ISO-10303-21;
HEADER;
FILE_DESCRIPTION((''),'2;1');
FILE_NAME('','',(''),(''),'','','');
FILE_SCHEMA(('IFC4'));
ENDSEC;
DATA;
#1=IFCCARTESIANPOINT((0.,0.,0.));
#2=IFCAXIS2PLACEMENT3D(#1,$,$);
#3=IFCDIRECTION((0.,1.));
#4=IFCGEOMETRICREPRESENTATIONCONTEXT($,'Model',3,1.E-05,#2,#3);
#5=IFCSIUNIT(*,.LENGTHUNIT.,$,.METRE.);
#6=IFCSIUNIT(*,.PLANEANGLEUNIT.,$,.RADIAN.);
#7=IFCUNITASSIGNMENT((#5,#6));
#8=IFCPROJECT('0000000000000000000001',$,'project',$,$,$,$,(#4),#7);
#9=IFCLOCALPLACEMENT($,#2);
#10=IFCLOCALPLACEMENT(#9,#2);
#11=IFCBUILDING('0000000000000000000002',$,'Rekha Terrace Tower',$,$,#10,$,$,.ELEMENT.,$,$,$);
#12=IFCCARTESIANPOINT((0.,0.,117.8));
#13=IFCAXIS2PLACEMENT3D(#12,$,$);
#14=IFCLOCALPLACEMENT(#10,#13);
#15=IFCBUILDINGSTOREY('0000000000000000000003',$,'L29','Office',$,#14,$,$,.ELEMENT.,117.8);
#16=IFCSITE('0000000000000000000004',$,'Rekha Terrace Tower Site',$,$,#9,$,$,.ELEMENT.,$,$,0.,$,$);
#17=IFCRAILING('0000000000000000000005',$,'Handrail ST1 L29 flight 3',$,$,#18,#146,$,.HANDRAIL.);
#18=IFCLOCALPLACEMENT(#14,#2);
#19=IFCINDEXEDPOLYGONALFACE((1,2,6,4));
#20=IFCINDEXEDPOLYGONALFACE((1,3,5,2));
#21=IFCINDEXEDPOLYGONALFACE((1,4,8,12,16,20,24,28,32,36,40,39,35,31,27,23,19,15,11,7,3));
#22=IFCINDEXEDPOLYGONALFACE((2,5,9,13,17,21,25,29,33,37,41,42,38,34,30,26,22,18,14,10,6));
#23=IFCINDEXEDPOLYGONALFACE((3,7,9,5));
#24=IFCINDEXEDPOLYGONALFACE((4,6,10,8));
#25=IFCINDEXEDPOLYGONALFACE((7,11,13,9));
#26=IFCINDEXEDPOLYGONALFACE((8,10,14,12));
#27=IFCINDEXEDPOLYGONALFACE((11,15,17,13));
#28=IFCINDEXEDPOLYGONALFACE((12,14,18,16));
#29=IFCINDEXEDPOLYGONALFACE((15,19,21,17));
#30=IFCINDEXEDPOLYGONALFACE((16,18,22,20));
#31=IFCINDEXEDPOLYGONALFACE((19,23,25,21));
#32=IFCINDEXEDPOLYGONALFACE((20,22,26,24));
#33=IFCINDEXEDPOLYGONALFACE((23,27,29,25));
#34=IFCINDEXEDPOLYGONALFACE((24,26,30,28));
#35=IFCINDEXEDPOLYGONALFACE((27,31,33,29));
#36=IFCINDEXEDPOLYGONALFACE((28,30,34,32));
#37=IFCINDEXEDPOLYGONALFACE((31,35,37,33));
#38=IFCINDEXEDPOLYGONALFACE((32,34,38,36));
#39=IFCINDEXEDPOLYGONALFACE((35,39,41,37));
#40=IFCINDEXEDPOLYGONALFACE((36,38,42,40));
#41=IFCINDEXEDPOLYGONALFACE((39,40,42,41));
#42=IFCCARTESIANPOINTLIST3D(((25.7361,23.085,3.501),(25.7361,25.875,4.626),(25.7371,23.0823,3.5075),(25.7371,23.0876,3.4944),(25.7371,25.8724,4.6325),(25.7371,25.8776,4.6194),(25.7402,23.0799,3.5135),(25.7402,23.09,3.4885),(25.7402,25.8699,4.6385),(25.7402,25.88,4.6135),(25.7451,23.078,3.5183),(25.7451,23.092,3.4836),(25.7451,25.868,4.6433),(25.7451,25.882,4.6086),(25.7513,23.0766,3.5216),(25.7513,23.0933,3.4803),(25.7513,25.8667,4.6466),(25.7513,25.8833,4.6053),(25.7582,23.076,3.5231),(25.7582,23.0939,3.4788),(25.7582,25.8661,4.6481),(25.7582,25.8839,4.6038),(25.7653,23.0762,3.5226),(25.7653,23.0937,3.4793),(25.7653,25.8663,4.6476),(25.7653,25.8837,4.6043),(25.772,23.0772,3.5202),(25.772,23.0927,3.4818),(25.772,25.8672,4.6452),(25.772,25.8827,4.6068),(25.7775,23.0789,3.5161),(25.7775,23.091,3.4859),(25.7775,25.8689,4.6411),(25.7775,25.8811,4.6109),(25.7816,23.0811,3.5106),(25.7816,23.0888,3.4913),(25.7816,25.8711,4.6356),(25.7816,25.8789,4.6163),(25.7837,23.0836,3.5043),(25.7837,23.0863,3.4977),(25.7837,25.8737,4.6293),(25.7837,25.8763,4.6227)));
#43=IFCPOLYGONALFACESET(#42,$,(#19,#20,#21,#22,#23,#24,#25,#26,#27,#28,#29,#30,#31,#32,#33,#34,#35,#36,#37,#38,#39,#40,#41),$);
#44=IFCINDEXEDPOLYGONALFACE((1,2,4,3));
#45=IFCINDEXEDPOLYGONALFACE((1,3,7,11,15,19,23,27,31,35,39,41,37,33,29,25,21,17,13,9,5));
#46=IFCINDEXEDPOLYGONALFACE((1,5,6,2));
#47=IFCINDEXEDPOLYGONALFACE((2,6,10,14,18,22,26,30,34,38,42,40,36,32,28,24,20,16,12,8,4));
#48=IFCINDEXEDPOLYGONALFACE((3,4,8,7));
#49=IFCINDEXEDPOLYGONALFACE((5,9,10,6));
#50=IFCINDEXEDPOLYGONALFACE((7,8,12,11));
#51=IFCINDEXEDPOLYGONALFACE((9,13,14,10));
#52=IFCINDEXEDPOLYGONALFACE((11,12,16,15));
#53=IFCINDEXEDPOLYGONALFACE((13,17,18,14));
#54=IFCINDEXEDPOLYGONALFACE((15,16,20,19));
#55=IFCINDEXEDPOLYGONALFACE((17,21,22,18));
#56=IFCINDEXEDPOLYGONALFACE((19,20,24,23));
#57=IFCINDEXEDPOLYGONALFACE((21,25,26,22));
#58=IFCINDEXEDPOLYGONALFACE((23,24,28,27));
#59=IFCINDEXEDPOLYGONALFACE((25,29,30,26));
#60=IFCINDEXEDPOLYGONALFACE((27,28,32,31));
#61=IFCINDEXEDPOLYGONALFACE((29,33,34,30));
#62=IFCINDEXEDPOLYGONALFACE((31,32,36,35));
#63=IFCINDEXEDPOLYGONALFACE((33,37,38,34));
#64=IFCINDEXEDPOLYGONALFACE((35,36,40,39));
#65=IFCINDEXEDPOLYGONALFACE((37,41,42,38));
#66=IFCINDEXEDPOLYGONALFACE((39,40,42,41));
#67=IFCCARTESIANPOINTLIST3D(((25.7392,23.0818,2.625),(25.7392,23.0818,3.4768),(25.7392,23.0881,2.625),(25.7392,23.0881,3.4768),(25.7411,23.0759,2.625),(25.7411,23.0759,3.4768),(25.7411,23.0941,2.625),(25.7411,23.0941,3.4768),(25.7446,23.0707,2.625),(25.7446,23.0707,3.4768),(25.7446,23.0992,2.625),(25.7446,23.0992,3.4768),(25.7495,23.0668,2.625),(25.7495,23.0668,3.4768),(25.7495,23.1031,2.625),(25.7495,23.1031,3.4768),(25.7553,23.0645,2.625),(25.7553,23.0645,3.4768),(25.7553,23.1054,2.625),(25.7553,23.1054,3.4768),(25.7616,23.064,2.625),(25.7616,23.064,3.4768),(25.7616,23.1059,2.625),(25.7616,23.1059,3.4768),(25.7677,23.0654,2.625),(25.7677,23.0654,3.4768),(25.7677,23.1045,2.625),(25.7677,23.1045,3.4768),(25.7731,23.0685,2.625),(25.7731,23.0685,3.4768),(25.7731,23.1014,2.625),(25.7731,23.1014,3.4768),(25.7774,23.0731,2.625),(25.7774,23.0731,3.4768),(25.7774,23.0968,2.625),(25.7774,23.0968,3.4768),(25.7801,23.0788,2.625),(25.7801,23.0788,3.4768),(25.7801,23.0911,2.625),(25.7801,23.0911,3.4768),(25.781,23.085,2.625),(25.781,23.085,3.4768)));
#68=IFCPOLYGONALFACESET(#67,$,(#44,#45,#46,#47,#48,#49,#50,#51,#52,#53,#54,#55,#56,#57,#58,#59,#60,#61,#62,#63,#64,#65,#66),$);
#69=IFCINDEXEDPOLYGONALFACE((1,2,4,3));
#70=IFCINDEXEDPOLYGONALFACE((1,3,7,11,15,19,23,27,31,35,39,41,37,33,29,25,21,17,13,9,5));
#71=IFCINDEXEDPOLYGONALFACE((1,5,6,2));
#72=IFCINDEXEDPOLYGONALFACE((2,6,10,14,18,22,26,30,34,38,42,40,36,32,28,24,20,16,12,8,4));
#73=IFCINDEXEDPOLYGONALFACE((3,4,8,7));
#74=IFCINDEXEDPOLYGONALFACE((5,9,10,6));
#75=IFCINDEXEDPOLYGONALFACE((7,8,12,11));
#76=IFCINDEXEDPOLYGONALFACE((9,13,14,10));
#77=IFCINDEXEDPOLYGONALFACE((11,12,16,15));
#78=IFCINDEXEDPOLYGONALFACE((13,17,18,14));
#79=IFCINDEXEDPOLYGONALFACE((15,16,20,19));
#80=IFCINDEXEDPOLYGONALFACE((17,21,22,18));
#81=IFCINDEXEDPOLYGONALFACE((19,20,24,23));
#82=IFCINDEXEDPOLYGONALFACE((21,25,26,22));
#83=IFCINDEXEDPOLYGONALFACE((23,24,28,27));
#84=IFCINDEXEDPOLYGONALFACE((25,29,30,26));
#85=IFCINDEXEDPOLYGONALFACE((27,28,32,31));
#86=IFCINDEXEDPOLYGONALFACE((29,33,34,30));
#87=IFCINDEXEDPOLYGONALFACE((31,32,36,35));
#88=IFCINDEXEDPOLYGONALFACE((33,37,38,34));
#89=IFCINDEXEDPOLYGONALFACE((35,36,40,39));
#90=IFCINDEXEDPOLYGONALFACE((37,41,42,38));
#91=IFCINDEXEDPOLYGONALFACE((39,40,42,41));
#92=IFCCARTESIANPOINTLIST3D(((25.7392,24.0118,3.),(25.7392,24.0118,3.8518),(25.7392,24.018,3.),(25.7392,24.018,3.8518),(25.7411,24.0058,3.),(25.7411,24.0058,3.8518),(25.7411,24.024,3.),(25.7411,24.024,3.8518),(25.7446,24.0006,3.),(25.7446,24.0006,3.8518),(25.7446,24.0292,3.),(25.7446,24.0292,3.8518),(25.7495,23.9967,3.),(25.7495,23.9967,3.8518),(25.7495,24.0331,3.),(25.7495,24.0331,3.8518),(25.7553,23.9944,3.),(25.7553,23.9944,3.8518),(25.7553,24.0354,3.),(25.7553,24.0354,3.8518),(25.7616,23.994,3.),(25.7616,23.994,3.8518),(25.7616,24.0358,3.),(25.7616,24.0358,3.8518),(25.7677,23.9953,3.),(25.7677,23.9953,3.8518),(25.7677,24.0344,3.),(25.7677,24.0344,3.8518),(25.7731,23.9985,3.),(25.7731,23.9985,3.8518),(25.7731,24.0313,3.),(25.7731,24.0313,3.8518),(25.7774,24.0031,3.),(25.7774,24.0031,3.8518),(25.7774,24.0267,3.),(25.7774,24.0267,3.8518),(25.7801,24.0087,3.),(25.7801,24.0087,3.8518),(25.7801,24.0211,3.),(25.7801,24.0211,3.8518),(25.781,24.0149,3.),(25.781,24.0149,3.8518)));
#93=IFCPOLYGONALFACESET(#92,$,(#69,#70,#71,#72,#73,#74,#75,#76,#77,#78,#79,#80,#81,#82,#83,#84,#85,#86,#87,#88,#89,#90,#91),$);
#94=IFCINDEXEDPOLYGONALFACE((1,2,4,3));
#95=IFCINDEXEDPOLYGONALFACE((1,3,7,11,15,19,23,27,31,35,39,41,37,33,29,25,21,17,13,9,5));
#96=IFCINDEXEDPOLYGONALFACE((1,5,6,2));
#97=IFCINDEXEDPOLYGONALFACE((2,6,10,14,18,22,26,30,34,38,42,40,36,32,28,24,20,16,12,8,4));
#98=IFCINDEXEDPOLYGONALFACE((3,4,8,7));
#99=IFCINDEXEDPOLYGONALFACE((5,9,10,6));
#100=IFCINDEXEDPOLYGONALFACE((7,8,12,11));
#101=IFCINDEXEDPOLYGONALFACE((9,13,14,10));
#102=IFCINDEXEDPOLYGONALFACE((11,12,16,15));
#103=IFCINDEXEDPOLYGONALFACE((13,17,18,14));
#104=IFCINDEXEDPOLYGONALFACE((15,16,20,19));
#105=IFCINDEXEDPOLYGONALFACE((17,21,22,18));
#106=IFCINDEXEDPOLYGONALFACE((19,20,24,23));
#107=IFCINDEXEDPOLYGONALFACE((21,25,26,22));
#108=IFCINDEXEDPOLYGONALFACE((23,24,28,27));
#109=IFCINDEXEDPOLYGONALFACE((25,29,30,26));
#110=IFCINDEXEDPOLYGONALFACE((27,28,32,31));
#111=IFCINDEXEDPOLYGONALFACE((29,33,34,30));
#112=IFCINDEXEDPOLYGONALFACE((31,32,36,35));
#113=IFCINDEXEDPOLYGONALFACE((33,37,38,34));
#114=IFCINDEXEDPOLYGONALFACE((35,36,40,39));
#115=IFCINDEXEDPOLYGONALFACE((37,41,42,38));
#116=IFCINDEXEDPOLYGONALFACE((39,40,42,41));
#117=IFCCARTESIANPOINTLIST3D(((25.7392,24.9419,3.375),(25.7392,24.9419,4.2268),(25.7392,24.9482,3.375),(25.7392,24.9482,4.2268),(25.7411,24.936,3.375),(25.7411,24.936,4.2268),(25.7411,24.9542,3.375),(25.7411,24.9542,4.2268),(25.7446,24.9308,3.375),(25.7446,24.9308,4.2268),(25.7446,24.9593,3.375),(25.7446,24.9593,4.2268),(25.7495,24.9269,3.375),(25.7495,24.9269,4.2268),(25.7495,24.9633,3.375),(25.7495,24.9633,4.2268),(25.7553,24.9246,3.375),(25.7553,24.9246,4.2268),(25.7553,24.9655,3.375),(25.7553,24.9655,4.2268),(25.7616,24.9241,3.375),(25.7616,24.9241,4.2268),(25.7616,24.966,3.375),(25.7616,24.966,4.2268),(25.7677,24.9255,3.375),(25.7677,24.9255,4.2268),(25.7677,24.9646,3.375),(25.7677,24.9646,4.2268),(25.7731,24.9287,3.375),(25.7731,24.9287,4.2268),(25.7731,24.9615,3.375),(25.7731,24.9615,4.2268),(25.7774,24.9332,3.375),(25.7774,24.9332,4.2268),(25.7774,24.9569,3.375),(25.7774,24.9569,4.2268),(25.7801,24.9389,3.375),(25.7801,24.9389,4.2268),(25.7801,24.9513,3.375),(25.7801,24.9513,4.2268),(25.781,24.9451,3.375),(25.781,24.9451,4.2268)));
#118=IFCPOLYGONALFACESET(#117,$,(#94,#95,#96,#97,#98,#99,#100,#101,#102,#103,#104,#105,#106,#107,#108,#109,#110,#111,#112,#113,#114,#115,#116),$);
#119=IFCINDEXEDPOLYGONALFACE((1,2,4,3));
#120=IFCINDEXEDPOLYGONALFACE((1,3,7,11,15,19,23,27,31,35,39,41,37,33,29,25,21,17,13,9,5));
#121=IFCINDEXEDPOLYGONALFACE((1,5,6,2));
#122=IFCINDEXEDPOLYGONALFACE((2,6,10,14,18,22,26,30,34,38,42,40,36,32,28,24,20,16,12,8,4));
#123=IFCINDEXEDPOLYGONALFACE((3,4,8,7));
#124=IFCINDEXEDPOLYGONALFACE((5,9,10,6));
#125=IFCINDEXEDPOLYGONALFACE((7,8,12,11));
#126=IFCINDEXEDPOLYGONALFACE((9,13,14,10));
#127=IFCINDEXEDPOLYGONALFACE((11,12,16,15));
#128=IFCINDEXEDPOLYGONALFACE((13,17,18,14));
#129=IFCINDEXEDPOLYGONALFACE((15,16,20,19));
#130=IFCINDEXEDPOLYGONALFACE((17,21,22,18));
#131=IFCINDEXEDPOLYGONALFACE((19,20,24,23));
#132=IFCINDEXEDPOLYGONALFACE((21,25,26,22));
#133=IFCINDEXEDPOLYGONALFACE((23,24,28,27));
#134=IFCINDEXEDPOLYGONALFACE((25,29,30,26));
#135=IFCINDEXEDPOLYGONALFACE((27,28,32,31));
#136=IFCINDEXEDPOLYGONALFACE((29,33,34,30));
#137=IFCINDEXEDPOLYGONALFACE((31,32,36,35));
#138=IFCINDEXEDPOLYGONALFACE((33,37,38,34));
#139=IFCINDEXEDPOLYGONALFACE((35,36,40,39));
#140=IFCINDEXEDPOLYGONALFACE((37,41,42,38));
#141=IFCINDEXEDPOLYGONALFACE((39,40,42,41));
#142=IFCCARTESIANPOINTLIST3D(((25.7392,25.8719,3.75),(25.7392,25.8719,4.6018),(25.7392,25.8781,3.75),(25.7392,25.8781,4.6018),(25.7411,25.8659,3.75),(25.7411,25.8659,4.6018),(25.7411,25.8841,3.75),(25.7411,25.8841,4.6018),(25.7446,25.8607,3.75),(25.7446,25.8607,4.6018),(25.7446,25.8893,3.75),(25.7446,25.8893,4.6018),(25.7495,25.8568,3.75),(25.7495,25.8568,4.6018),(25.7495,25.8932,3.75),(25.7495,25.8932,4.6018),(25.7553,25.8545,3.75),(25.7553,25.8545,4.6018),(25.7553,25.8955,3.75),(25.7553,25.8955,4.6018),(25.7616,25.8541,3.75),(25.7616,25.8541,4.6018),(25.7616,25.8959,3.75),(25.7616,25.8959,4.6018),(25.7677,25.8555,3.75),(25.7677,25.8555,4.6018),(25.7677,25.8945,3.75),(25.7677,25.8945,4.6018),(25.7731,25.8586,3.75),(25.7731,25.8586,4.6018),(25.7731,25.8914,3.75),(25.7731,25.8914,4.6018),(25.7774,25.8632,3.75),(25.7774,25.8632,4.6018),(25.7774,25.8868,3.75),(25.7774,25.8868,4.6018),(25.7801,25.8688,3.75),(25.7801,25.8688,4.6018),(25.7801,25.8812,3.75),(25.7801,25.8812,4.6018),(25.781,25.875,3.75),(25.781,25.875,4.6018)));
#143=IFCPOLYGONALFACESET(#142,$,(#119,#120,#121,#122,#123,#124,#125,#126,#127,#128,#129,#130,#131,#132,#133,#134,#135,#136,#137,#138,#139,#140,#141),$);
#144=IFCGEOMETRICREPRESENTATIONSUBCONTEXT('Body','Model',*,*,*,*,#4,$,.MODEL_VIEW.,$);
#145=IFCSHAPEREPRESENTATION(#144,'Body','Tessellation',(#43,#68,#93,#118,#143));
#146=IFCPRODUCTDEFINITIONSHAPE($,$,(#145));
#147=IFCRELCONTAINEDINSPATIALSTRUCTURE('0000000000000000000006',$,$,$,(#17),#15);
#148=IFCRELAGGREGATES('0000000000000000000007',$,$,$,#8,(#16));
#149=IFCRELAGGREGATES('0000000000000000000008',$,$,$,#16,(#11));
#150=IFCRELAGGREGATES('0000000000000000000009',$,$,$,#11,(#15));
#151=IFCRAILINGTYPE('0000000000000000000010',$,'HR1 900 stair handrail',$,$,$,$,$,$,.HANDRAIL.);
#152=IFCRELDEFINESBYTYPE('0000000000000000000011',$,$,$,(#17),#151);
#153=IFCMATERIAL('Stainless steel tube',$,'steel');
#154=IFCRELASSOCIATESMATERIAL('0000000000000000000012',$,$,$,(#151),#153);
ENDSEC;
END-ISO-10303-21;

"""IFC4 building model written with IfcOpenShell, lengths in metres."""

from ifc_helpers import new_model, si_unit, direction, frame, origin, origin_2d, place, context, subcontext, project, spatial, circle, extrude, material, type_object, element, save


model = new_model("IFC4")

# Units and contexts
model_context = context("Model", 3, precision=1e-05, world=origin(), true_north=direction((0.0, 1.0)))
body_context = subcontext(model_context, "Body", "Model", "MODEL_VIEW")
ifc_project = project(units=[si_unit("LENGTHUNIT", "METRE"), si_unit("PLANEANGLEUNIT", "RADIAN")], contexts=[model_context])

# Site, building, storey
site_placement = place(None, origin())
site = spatial("IfcSite", under=ifc_project, at=site_placement, Name="Rekha Terrace Tower Site", CompositionType="ELEMENT", RefElevation=0.0)
building_placement = place(site_placement, origin())
building = spatial("IfcBuilding", under=site, at=building_placement, Name="Rekha Terrace Tower", CompositionType="ELEMENT")
storey_placement = place(building_placement, frame((0.0, 0.0, 117.8)))
storey = spatial("IfcBuildingStorey", under=building, at=storey_placement, Name="L29", Description="Office", CompositionType="ELEMENT", Elevation=117.8)

# Railing
ifc_material_1 = material(Name="Stainless steel tube", Category="steel")
railing_type_1 = type_object("IfcRailingType", Name="HR1 900 stair handrail", PredefinedType="HANDRAIL", material=ifc_material_1)
railing_1_placement = place(storey_placement, frame((25.76, 23.085, 2.625)))
element("IfcRailing", 1, at=railing_1_placement, inside=storey, type_object=railing_type_1, Name="Handrail ST1 L29 flight 3", PredefinedType="HANDRAIL", context=body_context, shape_type="SweptSolid", body=[
    extrude(circle(Radius=0.0239, at=origin_2d()), frame((0.0, 0.0, 0.876), z_axis=(0.0, 0.927443, 0.373964), x_axis=(-1.0, 0.0, 0.0)), (0.0, 0.0, 1.0), 3.0083),
    extrude(circle(Radius=0.021, at=origin_2d()), origin(), (0.0, 0.0, 1.0), 0.8518),
    extrude(circle(Radius=0.021, at=origin_2d()), frame((0.0, 0.9299, 0.375)), (0.0, 0.0, 1.0), 0.8518),
    extrude(circle(Radius=0.021, at=origin_2d()), frame((0.0, 1.8601, 0.75)), (0.0, 0.0, 1.0), 0.8518),
    extrude(circle(Radius=0.021, at=origin_2d()), frame((0.0, 2.79, 1.125)), (0.0, 0.0, 1.0), 0.8518),
])

save(model, "model.ifc")
